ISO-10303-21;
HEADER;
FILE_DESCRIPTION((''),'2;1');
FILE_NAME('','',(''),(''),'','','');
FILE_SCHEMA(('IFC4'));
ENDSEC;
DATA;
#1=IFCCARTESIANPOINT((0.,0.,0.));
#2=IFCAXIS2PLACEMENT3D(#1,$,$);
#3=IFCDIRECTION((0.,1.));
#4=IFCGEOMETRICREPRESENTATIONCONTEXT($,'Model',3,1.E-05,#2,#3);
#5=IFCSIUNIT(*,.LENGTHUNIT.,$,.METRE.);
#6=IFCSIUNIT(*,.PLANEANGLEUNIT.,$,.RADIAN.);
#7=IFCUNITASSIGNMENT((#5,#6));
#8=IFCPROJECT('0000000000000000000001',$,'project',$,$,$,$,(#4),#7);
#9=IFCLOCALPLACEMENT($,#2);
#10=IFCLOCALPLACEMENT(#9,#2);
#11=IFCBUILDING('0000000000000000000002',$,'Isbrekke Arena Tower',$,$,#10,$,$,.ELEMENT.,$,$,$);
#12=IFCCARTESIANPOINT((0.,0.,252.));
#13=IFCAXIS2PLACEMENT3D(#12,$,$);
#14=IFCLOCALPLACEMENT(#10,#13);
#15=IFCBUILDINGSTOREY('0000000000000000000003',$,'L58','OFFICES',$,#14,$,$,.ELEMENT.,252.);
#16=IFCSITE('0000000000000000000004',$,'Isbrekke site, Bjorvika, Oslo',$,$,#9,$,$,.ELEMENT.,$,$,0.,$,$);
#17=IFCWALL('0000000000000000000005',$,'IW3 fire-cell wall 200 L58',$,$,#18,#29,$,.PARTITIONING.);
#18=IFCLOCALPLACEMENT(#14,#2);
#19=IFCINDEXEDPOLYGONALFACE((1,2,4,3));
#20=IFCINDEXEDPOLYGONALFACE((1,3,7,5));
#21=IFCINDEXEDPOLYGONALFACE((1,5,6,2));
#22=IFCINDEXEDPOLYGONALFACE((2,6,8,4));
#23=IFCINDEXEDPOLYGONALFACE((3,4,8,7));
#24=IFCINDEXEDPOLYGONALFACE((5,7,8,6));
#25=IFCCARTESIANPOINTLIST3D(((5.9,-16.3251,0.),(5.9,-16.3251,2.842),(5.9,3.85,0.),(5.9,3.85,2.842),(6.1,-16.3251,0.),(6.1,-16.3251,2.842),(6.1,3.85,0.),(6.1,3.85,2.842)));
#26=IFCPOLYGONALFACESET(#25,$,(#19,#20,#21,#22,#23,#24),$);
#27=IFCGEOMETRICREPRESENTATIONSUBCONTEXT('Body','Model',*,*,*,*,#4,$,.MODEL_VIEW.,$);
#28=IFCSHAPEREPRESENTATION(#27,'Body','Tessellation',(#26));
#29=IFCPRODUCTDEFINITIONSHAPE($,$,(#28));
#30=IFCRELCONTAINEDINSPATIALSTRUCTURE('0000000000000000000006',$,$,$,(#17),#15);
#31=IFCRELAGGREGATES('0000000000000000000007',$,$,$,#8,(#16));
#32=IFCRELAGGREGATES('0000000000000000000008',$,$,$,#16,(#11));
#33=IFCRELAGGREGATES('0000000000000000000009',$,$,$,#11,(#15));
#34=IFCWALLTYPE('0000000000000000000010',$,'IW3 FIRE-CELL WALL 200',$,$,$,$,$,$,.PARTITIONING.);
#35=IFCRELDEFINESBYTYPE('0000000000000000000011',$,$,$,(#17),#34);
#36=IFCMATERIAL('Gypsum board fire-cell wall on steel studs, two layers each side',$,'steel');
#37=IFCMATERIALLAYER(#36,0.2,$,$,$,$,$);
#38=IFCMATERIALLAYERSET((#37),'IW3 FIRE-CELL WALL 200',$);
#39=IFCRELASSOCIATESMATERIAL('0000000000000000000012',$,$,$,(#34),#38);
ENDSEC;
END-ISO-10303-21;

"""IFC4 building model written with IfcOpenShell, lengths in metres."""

from ifc_helpers import new_model, si_unit, direction, frame, frame_2d, origin, place, context, subcontext, project, spatial, rectangle, extrude, material, layer, layer_set, type_object, element, save


model = new_model("IFC4")

# Units and contexts
model_context = context("Model", 3, precision=1e-05, world=origin(), true_north=direction((0.0, 1.0)))
body_context = subcontext(model_context, "Body", "Model", "MODEL_VIEW")
ifc_project = project(units=[si_unit("LENGTHUNIT", "METRE"), si_unit("PLANEANGLEUNIT", "RADIAN")], contexts=[model_context])

# Site, building, storey
site_placement = place(None, origin())
site = spatial("IfcSite", under=ifc_project, at=site_placement, Name="Isbrekke site, Bjorvika, Oslo", CompositionType="ELEMENT", RefElevation=0.0)
building_placement = place(site_placement, origin())
building = spatial("IfcBuilding", under=site, at=building_placement, Name="Isbrekke Arena Tower", CompositionType="ELEMENT")
storey_placement = place(building_placement, frame((0.0, 0.0, 252.0)))
storey = spatial("IfcBuildingStorey", under=building, at=storey_placement, Name="L58", Description="OFFICES", CompositionType="ELEMENT", Elevation=252.0)

# Wall
ifc_material_1 = material(Name="Gypsum board fire-cell wall on steel studs, two layers each side", Category="steel")
ifc_layer_1 = layer(ifc_material_1, 0.2)
ifc_layer_set_1 = layer_set([ifc_layer_1], Name="IW3 FIRE-CELL WALL 200")
wall_type_1 = type_object("IfcWallType", Name="IW3 FIRE-CELL WALL 200", PredefinedType="PARTITIONING", material=ifc_layer_set_1)
wall_1_placement = place(storey_placement, frame((6.0, -16.325, 0.0), z_axis=(0.0, 0.0, 1.0), x_axis=(0.0, 1.0, 0.0)))
element("IfcWall", 1, at=wall_1_placement, inside=storey, type_object=wall_type_1, Name="IW3 fire-cell wall 200 L58", PredefinedType="PARTITIONING", context=body_context, shape_type="SweptSolid", body=[
    extrude(rectangle(XDim=20.175, YDim=0.2, at=frame_2d((10.0874, 0.0))), origin(), (0.0, 0.0, 1.0), 2.842),
])

save(model, "model.ifc")
